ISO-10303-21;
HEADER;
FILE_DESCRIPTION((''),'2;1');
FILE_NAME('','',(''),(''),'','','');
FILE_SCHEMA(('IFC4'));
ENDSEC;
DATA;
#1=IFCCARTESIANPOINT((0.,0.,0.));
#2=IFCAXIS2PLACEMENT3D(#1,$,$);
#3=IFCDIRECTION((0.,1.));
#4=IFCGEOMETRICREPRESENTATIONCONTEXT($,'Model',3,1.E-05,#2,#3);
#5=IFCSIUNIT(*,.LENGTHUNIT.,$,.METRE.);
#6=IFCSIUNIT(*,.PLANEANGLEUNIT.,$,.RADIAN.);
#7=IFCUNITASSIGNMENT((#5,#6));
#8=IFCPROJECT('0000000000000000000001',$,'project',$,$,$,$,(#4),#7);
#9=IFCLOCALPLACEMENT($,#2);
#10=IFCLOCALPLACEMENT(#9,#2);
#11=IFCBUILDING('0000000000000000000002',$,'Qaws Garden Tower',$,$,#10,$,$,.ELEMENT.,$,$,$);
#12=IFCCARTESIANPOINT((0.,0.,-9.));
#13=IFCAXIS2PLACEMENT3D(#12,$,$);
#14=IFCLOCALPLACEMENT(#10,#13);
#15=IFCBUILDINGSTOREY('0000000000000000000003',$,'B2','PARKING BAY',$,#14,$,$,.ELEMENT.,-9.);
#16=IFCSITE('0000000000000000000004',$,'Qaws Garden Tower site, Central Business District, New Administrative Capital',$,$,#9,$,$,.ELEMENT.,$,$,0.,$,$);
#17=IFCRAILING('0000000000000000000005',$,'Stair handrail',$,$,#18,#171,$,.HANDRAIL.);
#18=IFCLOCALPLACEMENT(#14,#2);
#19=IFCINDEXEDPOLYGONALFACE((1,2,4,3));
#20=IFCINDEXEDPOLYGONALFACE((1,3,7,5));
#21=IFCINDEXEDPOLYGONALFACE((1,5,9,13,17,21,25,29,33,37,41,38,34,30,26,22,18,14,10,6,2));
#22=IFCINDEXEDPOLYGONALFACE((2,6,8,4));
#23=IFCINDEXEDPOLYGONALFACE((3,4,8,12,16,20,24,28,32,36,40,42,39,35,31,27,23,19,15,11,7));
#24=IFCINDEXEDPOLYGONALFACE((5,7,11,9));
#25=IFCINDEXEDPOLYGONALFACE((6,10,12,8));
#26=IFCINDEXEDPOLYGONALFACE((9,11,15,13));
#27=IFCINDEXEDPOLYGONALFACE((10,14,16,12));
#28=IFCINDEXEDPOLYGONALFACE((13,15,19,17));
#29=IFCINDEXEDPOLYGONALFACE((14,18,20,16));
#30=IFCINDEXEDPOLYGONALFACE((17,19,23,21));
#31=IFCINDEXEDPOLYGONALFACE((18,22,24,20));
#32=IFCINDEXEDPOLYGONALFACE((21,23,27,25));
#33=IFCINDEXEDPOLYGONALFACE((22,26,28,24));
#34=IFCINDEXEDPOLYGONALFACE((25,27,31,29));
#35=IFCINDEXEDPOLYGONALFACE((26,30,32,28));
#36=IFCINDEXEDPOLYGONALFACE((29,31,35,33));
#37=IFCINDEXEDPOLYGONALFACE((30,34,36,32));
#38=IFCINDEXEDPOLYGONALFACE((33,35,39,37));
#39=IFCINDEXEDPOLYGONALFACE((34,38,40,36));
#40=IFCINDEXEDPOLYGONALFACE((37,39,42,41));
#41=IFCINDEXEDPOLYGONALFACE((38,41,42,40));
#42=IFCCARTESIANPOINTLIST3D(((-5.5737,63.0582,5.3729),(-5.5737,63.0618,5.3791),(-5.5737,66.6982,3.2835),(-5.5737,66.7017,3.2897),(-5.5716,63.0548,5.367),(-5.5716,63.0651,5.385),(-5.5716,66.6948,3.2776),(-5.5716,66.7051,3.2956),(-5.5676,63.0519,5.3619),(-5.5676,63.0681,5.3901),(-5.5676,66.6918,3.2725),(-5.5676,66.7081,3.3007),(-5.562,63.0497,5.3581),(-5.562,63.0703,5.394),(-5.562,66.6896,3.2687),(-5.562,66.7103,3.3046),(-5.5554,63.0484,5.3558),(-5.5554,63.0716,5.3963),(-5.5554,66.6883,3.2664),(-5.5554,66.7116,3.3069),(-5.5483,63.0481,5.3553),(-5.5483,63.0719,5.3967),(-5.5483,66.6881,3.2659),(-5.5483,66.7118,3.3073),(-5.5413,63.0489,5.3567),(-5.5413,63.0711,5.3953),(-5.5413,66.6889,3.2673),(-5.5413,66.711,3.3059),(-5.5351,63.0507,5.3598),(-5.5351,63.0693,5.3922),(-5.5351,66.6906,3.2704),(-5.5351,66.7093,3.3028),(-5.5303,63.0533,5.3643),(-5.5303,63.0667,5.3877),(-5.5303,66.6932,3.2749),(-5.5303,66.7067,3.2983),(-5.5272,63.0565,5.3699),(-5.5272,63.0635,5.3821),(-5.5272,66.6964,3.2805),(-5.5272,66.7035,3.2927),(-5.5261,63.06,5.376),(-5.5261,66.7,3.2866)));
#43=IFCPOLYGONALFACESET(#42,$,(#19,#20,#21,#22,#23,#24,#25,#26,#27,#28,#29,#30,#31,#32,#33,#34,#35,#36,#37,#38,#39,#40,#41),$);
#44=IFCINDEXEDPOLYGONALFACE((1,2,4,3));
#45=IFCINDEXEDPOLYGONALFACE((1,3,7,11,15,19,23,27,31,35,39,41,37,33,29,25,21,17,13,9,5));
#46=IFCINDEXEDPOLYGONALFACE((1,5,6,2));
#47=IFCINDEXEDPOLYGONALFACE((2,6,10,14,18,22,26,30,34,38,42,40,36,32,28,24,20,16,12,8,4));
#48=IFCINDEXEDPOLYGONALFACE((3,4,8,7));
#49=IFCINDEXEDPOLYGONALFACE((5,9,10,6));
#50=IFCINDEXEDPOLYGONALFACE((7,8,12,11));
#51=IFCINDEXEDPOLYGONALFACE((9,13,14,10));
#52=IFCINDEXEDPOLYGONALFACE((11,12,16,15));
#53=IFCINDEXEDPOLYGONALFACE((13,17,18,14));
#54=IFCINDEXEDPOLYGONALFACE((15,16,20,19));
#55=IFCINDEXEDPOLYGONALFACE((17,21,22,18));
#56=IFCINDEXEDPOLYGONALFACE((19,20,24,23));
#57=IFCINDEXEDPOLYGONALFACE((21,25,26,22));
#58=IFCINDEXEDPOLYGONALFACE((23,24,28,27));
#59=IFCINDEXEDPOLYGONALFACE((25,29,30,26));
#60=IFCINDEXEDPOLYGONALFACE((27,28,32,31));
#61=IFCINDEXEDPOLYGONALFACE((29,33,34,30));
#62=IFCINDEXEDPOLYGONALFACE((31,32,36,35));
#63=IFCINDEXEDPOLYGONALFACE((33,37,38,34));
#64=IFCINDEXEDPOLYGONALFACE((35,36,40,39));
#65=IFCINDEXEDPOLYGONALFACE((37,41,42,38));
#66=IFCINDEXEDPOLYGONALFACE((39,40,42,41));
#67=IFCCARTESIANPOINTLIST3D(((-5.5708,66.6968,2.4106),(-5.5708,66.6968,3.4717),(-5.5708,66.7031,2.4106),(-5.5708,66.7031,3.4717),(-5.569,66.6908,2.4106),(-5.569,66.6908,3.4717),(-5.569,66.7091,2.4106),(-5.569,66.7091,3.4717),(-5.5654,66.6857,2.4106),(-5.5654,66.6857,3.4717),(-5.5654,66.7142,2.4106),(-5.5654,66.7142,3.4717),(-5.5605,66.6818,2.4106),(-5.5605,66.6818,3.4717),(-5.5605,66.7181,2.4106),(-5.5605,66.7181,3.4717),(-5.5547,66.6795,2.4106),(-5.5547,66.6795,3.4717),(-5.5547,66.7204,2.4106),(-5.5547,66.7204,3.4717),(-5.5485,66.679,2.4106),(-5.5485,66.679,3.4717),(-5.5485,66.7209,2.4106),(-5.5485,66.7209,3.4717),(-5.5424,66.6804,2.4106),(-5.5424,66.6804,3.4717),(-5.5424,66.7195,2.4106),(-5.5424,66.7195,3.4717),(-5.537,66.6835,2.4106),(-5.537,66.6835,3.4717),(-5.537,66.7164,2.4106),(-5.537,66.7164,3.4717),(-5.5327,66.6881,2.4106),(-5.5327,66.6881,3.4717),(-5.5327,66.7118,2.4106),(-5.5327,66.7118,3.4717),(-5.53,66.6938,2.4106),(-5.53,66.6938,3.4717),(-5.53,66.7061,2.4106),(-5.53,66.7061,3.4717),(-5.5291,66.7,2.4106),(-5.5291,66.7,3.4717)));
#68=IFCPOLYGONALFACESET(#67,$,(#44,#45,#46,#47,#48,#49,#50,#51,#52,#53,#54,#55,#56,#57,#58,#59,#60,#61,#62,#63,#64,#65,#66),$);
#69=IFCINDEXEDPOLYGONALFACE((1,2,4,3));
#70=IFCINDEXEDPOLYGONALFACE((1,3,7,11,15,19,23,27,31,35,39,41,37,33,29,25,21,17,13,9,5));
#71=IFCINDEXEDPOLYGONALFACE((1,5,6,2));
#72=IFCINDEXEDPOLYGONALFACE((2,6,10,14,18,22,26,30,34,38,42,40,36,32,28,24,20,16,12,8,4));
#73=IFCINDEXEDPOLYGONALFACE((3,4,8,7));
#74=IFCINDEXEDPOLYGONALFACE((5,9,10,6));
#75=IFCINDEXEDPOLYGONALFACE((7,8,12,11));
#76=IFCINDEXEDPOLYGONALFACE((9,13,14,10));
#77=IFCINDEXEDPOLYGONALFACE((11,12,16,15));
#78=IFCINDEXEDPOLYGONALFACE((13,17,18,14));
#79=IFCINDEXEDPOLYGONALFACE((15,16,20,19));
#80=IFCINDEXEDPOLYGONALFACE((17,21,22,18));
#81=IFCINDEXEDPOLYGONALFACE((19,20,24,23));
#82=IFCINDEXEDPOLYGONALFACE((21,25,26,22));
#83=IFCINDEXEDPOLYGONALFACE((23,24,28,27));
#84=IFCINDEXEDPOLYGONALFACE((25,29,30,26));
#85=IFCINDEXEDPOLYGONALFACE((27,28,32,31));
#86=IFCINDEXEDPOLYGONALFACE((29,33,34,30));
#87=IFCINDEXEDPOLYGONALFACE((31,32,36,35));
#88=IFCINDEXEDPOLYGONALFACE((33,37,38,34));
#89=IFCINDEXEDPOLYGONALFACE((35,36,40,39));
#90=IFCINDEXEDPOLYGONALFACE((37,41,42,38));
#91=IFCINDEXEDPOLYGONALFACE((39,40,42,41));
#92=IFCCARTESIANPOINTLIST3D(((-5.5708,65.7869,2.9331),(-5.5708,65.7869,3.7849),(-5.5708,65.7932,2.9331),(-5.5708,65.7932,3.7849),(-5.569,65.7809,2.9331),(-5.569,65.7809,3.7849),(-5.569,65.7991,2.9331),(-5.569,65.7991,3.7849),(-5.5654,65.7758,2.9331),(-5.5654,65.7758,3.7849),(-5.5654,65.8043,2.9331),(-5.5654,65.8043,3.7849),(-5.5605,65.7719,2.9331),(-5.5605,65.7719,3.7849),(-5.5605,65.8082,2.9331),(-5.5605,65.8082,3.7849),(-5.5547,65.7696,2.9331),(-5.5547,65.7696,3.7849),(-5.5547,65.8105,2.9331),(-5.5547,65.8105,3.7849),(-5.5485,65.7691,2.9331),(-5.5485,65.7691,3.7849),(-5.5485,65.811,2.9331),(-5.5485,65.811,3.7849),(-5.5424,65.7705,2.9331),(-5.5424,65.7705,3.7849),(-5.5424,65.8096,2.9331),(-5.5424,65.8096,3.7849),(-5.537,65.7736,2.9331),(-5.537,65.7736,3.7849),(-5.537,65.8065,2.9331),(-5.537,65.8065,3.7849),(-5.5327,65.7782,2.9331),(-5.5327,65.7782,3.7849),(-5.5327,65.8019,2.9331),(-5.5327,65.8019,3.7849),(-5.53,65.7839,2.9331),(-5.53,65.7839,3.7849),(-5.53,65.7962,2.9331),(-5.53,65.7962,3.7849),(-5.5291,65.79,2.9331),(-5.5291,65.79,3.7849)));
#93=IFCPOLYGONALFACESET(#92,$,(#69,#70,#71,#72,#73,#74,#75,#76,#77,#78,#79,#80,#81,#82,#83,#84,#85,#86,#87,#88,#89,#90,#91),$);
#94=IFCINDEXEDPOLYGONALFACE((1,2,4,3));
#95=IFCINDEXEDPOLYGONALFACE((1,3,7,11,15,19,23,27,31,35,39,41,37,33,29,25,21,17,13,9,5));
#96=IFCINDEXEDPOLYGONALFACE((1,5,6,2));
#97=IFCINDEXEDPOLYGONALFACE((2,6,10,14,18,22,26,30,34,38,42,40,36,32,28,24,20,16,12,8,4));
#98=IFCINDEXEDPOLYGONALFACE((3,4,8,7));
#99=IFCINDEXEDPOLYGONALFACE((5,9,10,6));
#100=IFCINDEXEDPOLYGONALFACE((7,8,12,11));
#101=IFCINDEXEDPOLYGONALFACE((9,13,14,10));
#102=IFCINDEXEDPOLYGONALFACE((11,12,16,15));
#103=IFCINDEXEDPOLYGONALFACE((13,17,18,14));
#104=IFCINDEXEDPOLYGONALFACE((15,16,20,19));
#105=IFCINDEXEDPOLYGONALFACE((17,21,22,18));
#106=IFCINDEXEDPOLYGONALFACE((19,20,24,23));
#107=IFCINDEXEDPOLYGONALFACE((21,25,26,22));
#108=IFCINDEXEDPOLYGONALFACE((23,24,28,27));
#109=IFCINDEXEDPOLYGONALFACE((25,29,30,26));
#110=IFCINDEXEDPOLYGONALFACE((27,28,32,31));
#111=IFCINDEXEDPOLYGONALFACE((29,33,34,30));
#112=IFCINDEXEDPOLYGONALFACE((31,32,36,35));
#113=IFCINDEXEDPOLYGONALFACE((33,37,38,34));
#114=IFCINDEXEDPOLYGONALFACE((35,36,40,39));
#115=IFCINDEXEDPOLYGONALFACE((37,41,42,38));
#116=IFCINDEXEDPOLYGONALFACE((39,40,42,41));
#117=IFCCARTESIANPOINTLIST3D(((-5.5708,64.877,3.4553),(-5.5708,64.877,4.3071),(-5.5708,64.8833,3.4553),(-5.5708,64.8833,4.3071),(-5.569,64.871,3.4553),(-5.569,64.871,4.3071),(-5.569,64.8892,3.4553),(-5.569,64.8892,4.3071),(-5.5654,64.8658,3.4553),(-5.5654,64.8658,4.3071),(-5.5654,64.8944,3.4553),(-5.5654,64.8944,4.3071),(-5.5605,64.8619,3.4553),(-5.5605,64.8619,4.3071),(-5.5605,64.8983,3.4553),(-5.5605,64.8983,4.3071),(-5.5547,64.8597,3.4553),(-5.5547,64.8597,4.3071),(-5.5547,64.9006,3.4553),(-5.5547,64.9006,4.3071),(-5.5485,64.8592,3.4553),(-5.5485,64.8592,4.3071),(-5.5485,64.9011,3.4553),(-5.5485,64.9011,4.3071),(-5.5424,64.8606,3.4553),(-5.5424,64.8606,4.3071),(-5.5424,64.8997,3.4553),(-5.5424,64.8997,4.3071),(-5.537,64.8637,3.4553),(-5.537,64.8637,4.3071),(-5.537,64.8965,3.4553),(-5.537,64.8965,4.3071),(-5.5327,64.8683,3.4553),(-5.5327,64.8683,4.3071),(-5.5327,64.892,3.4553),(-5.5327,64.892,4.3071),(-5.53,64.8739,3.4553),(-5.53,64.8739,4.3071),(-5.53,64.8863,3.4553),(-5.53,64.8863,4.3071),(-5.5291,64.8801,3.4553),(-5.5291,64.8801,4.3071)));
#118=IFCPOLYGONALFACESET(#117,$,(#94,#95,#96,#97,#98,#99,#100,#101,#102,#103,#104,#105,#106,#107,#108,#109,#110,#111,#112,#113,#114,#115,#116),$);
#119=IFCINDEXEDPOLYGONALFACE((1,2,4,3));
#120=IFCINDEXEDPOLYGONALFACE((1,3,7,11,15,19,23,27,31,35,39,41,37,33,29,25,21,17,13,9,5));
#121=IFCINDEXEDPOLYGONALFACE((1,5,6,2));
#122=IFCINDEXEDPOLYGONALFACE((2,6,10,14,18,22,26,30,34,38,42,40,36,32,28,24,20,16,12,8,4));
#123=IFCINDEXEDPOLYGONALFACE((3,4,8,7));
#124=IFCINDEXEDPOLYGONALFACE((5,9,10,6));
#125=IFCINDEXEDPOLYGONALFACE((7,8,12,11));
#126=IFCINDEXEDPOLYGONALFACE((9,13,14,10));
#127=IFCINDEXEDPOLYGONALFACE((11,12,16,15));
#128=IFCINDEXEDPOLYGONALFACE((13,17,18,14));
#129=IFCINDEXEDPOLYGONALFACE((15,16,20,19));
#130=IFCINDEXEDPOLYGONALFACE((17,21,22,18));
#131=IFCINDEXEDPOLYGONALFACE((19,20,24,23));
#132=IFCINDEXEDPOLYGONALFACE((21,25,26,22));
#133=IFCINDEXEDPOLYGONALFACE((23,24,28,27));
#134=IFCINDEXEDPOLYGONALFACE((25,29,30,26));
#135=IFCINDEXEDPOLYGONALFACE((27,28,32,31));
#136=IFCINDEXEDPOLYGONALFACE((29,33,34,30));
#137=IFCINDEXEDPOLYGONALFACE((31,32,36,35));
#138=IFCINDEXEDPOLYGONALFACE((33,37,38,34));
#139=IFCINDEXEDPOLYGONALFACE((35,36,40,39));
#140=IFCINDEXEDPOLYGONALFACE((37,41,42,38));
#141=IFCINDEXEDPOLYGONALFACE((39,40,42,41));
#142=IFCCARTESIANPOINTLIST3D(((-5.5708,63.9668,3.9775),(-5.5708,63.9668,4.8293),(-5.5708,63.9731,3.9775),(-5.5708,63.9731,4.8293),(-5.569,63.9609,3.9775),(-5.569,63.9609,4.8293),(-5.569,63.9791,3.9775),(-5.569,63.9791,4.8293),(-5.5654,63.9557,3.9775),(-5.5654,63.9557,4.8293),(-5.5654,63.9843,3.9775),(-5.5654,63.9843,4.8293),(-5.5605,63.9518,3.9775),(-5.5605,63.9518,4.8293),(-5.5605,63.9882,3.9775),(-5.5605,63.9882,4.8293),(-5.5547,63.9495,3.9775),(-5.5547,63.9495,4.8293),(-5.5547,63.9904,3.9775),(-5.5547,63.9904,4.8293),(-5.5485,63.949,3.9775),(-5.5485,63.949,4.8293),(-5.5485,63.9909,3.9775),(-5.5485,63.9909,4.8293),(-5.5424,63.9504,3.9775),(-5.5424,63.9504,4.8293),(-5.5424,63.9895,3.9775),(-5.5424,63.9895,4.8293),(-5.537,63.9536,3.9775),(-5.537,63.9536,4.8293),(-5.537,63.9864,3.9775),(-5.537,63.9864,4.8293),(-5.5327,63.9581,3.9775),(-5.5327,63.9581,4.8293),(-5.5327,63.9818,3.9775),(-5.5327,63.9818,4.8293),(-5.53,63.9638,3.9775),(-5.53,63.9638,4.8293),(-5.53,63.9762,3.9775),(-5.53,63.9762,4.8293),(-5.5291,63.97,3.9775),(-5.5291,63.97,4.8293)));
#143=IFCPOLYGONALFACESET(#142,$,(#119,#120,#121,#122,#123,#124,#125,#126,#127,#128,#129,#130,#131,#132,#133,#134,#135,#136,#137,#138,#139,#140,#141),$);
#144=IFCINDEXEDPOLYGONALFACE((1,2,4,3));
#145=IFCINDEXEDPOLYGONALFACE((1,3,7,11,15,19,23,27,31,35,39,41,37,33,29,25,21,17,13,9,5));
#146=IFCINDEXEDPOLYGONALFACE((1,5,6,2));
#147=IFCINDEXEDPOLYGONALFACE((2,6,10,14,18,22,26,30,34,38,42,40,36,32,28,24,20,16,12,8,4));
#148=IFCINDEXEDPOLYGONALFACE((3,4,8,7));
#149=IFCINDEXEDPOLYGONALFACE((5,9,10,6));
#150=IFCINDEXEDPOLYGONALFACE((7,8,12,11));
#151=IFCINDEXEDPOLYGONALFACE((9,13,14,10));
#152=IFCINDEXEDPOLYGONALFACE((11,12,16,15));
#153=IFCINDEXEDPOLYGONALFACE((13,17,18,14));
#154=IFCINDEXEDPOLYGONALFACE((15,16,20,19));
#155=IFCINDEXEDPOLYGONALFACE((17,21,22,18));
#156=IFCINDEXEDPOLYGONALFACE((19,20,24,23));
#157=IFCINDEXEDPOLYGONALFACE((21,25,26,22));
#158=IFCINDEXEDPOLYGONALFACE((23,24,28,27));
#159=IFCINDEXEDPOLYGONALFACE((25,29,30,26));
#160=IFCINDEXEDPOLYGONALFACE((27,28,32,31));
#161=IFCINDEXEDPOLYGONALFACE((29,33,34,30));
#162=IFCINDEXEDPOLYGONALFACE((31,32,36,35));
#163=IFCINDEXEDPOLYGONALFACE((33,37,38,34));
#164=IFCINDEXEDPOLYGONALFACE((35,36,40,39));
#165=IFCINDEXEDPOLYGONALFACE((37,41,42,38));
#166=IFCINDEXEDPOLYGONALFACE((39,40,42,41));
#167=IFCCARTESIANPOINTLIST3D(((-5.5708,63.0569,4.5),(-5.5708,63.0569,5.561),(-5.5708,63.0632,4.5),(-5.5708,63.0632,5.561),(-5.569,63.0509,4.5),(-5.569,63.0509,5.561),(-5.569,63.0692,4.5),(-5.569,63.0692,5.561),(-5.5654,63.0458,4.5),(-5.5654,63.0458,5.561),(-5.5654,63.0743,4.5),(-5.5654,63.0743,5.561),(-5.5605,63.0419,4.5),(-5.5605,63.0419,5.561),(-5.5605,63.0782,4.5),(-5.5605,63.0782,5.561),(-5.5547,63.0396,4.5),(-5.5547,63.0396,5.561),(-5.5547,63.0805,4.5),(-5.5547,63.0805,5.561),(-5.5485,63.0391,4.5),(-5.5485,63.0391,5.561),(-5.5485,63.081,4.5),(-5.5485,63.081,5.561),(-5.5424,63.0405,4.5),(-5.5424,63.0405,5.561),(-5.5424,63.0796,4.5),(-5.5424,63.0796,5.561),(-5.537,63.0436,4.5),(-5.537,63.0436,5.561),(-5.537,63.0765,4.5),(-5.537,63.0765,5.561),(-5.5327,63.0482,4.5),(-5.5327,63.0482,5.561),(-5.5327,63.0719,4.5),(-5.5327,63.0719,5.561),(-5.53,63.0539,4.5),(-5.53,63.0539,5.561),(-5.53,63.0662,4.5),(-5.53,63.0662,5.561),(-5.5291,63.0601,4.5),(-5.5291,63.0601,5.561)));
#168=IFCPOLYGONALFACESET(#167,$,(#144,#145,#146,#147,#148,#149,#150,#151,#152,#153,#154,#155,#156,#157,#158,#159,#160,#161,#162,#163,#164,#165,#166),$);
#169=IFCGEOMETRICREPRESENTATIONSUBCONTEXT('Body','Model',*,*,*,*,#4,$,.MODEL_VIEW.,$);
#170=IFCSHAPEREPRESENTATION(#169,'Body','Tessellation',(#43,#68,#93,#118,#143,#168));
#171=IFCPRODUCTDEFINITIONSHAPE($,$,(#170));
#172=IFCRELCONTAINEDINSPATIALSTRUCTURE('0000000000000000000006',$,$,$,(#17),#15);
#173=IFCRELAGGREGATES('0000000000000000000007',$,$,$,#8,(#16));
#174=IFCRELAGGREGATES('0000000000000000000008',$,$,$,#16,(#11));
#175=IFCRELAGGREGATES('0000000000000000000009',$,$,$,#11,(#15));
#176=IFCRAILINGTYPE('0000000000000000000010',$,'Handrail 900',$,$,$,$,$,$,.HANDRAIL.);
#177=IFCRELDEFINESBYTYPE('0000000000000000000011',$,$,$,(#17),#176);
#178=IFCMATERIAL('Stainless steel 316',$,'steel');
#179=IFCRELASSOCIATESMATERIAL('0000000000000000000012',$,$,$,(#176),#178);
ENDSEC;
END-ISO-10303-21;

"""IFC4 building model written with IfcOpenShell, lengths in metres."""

from ifc_helpers import new_model, si_unit, direction, frame, origin, origin_2d, place, context, subcontext, project, spatial, circle, extrude, material, type_object, element, save


model = new_model("IFC4")

# Units and contexts
model_context = context("Model", 3, precision=1e-05, world=origin(), true_north=direction((0.0, 1.0)))
body_context = subcontext(model_context, "Body", "Model", "MODEL_VIEW")
ifc_project = project(units=[si_unit("LENGTHUNIT", "METRE"), si_unit("PLANEANGLEUNIT", "RADIAN")], contexts=[model_context])

# Site, building, storey
site_placement = place(None, origin())
site = spatial("IfcSite", under=ifc_project, at=site_placement, Name="Qaws Garden Tower site, Central Business District, New Administrative Capital", CompositionType="ELEMENT", RefElevation=0.0)
building_placement = place(site_placement, origin())
building = spatial("IfcBuilding", under=site, at=building_placement, Name="Qaws Garden Tower", CompositionType="ELEMENT")
storey_placement = place(building_placement, frame((0.0, 0.0, -9.0)))
storey = spatial("IfcBuildingStorey", under=building, at=storey_placement, Name="B2", Description="PARKING BAY", CompositionType="ELEMENT", Elevation=-9.0)

# Railing
ifc_material_1 = material(Name="Stainless steel 316", Category="steel")
railing_type_1 = type_object("IfcRailingType", Name="Handrail 900", PredefinedType="HANDRAIL", material=ifc_material_1)
for number, where, name in (
    (1, (-5.55, 66.7, 2.4106), "Stair handrail"),
):
    element("IfcRailing", number, at=place(storey_placement, frame(where)), inside=storey, type_object=railing_type_1, Name=name, PredefinedType="HANDRAIL", context=body_context, shape_type="SweptSolid", body=[
        extrude(circle(Radius=0.0239, at=origin_2d()), frame((0.0, 0.0, 0.876), z_axis=(0.0, -0.867275, 0.497829), x_axis=(1.0, 0.0, 0.0)), (0.0, 0.0, 1.0), 4.197),
        extrude(circle(Radius=0.021, at=origin_2d()), origin(), (0.0, 0.0, 1.0), 1.061),
        extrude(circle(Radius=0.021, at=origin_2d()), frame((0.0, -0.9099, 0.5225)), (0.0, 0.0, 1.0), 0.8518),
        extrude(circle(Radius=0.021, at=origin_2d()), frame((0.0, -1.8198, 1.0447)), (0.0, 0.0, 1.0), 0.8518),
        extrude(circle(Radius=0.021, at=origin_2d()), frame((0.0, -2.73, 1.5669)), (0.0, 0.0, 1.0), 0.8518),
        extrude(circle(Radius=0.021, at=origin_2d()), frame((0.0, -3.6399, 2.0894)), (0.0, 0.0, 1.0), 1.061),
    ])

save(model, "model.ifc")
